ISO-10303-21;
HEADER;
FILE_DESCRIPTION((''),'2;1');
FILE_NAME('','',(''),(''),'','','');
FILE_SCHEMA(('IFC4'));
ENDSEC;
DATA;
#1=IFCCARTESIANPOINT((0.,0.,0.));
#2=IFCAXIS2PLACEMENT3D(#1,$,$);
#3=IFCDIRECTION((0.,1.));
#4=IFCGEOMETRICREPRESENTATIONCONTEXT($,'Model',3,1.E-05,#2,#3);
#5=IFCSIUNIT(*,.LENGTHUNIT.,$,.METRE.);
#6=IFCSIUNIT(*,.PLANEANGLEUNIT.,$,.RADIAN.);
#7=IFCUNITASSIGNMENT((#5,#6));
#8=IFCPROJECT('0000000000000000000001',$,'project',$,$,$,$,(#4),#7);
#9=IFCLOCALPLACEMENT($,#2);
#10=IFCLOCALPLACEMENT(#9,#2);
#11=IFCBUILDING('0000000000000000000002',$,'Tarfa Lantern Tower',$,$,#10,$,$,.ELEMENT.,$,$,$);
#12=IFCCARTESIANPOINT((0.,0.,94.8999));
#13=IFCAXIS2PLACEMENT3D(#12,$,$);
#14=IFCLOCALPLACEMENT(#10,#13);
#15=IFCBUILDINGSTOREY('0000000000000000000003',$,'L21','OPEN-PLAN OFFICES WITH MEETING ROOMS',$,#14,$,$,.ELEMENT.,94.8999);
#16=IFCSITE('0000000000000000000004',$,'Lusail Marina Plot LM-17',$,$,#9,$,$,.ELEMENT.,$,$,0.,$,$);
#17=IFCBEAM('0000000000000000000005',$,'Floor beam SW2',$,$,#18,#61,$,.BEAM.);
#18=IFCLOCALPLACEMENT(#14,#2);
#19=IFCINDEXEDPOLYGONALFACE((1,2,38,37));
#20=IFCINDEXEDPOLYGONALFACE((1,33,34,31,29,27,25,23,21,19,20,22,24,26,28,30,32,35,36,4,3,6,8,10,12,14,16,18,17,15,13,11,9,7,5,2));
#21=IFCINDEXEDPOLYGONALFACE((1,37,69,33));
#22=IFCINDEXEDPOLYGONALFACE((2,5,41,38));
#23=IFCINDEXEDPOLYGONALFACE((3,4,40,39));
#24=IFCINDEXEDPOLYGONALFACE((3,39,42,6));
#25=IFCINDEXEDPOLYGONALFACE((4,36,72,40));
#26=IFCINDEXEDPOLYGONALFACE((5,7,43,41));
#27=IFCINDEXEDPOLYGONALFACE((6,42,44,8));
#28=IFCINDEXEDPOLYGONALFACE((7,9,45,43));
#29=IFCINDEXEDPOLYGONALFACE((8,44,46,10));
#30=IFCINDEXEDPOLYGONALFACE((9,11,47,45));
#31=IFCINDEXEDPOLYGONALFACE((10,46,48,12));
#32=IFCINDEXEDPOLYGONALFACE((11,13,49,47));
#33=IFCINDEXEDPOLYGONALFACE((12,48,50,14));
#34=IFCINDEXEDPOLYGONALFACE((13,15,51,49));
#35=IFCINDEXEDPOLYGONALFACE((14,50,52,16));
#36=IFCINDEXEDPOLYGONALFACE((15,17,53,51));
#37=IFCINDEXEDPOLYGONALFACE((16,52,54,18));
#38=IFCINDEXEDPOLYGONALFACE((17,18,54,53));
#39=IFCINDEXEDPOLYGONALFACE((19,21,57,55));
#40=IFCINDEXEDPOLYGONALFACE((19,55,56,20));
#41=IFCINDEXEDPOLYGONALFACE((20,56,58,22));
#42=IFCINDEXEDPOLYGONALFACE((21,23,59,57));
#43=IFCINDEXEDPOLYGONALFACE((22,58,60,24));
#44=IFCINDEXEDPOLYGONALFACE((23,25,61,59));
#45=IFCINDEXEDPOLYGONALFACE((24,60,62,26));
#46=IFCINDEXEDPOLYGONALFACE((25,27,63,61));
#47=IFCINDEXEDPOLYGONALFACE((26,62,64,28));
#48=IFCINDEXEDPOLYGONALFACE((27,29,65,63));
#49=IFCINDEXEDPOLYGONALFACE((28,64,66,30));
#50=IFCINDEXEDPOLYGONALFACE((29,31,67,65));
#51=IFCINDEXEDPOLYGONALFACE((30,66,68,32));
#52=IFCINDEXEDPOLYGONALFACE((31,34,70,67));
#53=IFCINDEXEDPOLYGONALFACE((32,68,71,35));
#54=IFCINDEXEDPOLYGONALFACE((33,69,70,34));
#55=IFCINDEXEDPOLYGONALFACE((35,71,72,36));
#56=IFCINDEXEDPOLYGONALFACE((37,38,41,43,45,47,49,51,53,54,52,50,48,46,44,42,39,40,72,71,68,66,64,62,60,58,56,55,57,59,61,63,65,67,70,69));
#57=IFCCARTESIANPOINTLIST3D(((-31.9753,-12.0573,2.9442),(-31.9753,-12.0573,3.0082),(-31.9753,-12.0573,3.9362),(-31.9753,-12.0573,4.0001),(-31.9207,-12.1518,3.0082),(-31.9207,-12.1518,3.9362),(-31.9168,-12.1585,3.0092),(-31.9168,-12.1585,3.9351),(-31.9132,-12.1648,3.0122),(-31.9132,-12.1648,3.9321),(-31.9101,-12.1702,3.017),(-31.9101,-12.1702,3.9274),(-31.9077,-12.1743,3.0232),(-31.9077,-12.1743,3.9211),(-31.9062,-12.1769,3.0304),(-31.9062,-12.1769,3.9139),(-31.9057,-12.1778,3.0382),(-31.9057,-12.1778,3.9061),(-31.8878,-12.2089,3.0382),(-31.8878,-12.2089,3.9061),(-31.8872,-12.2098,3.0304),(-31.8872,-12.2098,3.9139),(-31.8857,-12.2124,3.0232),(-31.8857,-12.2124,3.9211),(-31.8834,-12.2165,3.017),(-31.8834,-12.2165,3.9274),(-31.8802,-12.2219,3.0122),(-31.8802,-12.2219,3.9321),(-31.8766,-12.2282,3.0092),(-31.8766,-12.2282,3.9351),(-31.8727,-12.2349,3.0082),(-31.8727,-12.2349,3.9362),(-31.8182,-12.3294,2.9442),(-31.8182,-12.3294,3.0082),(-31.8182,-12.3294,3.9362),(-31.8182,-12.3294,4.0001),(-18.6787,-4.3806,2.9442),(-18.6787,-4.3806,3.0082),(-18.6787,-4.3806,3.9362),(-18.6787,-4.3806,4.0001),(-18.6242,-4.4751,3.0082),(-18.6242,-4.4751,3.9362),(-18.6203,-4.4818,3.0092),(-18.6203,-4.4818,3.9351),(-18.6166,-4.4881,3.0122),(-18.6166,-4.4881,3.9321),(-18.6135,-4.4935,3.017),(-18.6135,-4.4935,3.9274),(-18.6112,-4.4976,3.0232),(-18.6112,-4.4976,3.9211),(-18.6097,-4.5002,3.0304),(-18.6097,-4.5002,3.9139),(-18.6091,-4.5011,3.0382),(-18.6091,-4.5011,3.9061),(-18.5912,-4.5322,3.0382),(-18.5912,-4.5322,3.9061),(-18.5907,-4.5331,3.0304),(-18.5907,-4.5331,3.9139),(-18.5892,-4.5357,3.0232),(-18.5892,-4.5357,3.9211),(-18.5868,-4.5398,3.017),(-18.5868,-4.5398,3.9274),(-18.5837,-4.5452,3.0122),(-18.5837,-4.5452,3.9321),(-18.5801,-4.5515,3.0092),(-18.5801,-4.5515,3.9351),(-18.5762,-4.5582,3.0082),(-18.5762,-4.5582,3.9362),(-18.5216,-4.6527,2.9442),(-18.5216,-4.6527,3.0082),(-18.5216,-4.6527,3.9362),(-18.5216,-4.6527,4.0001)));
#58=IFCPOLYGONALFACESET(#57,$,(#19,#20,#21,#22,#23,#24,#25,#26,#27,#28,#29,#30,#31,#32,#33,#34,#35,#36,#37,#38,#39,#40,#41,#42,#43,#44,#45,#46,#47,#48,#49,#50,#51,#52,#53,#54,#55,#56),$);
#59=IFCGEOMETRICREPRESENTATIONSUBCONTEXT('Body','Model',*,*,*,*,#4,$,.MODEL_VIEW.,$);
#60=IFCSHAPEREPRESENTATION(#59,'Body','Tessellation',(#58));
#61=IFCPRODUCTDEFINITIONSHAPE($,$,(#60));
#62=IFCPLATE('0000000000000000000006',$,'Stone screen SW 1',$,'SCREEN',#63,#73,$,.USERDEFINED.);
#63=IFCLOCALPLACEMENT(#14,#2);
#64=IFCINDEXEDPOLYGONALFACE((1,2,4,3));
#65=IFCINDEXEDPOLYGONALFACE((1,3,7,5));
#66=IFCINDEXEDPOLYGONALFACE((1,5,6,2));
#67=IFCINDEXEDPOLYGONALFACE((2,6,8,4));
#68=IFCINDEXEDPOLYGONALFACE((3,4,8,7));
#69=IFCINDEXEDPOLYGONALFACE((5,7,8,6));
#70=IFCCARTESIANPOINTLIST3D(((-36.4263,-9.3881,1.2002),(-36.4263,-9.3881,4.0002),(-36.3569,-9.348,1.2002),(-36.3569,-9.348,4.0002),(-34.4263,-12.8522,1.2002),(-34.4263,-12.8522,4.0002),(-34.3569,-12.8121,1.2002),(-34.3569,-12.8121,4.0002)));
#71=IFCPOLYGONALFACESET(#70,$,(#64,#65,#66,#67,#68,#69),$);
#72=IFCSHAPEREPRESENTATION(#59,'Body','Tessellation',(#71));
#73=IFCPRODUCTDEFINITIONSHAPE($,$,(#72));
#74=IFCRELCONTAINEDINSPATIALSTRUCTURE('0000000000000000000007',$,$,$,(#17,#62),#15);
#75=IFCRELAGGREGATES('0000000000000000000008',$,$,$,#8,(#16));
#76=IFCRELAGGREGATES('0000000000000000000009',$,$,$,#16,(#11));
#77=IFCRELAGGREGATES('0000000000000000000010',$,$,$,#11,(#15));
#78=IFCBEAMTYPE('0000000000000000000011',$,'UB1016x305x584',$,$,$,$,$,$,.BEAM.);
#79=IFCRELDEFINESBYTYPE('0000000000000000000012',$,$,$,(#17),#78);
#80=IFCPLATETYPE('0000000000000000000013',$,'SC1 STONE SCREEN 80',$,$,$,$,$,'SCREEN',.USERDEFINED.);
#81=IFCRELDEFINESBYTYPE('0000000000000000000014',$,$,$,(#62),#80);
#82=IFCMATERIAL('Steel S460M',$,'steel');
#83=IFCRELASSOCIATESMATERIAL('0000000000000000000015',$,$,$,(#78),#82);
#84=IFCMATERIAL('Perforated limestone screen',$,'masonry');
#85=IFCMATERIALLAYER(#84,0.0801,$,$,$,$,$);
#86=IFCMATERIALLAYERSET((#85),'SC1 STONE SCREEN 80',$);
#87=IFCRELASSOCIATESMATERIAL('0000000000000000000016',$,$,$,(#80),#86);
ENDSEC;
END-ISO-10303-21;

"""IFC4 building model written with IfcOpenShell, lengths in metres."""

from ifc_helpers import new_model, si_unit, direction, frame, origin, origin_2d, place, context, subcontext, project, spatial, rectangle, i_section, extrude, material, layer, layer_set, material_profile, profile_set, type_object, element, save


model = new_model("IFC4")

# Units and contexts
model_context = context("Model", 3, precision=1e-05, world=origin(), true_north=direction((0.0, 1.0)))
body_context = subcontext(model_context, "Body", "Model", "MODEL_VIEW")
ifc_project = project(units=[si_unit("LENGTHUNIT", "METRE"), si_unit("PLANEANGLEUNIT", "RADIAN")], contexts=[model_context])

# Site, building, storey
site_placement = place(None, origin())
site = spatial("IfcSite", under=ifc_project, at=site_placement, Name="Lusail Marina Plot LM-17", CompositionType="ELEMENT", RefElevation=0.0)
building_placement = place(site_placement, origin())
building = spatial("IfcBuilding", under=site, at=building_placement, Name="Tarfa Lantern Tower", CompositionType="ELEMENT")
storey_placement = place(building_placement, frame((0.0, 0.0, 94.8999)))
storey = spatial("IfcBuildingStorey", under=building, at=storey_placement, Name="L21", Description="OPEN-PLAN OFFICES WITH MEETING ROOMS", CompositionType="ELEMENT", Elevation=94.8999)

# Beam
ifc_material_1 = material(Name="Steel S460M", Category="steel")
ifc_material_profile_1 = material_profile(ifc_material_1, i_section(OverallWidth=0.3142, OverallDepth=1.0559, WebThickness=0.0359, FlangeThickness=0.064, FilletRadius=0.03, at=origin_2d()), Name="UB1016x305x584")
ifc_profile_set_1 = profile_set([ifc_material_profile_1], Name="Steel S460M")
beam_type_1 = type_object("IfcBeamType", Name="UB1016x305x584", PredefinedType="BEAM", material=ifc_profile_set_1)
beam_1_placement = place(storey_placement, frame((-31.8967, -12.1934, 3.4722), z_axis=(0.866027, 0.499997, 0.0), x_axis=(-0.499997, 0.866027, 0.0)))
element("IfcBeam", 1, at=beam_1_placement, inside=storey, type_object=beam_type_1, Name="Floor beam SW2", PredefinedType="BEAM", context=body_context, shape_type="SweptSolid", body=[
    extrude(i_section(OverallWidth=0.3142, OverallDepth=1.0559, WebThickness=0.0359, FlangeThickness=0.064, FilletRadius=0.03, at=origin_2d()), origin(), (0.0, 0.0, 1.0), 15.3535),
])

# Plate
ifc_material_2 = material(Name="Perforated limestone screen", Category="masonry")
ifc_layer_1 = layer(ifc_material_2, 0.0801)
ifc_layer_set_1 = layer_set([ifc_layer_1], Name="SC1 STONE SCREEN 80")
plate_type = type_object("IfcPlateType", Name="SC1 STONE SCREEN 80", ElementType="SCREEN", PredefinedType="USERDEFINED", material=ifc_layer_set_1)
plate_placement = place(storey_placement, frame((-35.3916, -11.1001, 1.2002), z_axis=(0.0, 0.0, 1.0), x_axis=(0.5, -0.866025, 0.0)))
element("IfcPlate", 2, at=plate_placement, inside=storey, type_object=plate_type, Name="Stone screen SW 1", ObjectType="SCREEN", PredefinedType="USERDEFINED", context=body_context, shape_type="SweptSolid", body=[
    extrude(rectangle(XDim=4.0, YDim=0.0801, at=origin_2d()), origin(), (0.0, 0.0, 1.0), 2.8),
])

save(model, "model.ifc")
